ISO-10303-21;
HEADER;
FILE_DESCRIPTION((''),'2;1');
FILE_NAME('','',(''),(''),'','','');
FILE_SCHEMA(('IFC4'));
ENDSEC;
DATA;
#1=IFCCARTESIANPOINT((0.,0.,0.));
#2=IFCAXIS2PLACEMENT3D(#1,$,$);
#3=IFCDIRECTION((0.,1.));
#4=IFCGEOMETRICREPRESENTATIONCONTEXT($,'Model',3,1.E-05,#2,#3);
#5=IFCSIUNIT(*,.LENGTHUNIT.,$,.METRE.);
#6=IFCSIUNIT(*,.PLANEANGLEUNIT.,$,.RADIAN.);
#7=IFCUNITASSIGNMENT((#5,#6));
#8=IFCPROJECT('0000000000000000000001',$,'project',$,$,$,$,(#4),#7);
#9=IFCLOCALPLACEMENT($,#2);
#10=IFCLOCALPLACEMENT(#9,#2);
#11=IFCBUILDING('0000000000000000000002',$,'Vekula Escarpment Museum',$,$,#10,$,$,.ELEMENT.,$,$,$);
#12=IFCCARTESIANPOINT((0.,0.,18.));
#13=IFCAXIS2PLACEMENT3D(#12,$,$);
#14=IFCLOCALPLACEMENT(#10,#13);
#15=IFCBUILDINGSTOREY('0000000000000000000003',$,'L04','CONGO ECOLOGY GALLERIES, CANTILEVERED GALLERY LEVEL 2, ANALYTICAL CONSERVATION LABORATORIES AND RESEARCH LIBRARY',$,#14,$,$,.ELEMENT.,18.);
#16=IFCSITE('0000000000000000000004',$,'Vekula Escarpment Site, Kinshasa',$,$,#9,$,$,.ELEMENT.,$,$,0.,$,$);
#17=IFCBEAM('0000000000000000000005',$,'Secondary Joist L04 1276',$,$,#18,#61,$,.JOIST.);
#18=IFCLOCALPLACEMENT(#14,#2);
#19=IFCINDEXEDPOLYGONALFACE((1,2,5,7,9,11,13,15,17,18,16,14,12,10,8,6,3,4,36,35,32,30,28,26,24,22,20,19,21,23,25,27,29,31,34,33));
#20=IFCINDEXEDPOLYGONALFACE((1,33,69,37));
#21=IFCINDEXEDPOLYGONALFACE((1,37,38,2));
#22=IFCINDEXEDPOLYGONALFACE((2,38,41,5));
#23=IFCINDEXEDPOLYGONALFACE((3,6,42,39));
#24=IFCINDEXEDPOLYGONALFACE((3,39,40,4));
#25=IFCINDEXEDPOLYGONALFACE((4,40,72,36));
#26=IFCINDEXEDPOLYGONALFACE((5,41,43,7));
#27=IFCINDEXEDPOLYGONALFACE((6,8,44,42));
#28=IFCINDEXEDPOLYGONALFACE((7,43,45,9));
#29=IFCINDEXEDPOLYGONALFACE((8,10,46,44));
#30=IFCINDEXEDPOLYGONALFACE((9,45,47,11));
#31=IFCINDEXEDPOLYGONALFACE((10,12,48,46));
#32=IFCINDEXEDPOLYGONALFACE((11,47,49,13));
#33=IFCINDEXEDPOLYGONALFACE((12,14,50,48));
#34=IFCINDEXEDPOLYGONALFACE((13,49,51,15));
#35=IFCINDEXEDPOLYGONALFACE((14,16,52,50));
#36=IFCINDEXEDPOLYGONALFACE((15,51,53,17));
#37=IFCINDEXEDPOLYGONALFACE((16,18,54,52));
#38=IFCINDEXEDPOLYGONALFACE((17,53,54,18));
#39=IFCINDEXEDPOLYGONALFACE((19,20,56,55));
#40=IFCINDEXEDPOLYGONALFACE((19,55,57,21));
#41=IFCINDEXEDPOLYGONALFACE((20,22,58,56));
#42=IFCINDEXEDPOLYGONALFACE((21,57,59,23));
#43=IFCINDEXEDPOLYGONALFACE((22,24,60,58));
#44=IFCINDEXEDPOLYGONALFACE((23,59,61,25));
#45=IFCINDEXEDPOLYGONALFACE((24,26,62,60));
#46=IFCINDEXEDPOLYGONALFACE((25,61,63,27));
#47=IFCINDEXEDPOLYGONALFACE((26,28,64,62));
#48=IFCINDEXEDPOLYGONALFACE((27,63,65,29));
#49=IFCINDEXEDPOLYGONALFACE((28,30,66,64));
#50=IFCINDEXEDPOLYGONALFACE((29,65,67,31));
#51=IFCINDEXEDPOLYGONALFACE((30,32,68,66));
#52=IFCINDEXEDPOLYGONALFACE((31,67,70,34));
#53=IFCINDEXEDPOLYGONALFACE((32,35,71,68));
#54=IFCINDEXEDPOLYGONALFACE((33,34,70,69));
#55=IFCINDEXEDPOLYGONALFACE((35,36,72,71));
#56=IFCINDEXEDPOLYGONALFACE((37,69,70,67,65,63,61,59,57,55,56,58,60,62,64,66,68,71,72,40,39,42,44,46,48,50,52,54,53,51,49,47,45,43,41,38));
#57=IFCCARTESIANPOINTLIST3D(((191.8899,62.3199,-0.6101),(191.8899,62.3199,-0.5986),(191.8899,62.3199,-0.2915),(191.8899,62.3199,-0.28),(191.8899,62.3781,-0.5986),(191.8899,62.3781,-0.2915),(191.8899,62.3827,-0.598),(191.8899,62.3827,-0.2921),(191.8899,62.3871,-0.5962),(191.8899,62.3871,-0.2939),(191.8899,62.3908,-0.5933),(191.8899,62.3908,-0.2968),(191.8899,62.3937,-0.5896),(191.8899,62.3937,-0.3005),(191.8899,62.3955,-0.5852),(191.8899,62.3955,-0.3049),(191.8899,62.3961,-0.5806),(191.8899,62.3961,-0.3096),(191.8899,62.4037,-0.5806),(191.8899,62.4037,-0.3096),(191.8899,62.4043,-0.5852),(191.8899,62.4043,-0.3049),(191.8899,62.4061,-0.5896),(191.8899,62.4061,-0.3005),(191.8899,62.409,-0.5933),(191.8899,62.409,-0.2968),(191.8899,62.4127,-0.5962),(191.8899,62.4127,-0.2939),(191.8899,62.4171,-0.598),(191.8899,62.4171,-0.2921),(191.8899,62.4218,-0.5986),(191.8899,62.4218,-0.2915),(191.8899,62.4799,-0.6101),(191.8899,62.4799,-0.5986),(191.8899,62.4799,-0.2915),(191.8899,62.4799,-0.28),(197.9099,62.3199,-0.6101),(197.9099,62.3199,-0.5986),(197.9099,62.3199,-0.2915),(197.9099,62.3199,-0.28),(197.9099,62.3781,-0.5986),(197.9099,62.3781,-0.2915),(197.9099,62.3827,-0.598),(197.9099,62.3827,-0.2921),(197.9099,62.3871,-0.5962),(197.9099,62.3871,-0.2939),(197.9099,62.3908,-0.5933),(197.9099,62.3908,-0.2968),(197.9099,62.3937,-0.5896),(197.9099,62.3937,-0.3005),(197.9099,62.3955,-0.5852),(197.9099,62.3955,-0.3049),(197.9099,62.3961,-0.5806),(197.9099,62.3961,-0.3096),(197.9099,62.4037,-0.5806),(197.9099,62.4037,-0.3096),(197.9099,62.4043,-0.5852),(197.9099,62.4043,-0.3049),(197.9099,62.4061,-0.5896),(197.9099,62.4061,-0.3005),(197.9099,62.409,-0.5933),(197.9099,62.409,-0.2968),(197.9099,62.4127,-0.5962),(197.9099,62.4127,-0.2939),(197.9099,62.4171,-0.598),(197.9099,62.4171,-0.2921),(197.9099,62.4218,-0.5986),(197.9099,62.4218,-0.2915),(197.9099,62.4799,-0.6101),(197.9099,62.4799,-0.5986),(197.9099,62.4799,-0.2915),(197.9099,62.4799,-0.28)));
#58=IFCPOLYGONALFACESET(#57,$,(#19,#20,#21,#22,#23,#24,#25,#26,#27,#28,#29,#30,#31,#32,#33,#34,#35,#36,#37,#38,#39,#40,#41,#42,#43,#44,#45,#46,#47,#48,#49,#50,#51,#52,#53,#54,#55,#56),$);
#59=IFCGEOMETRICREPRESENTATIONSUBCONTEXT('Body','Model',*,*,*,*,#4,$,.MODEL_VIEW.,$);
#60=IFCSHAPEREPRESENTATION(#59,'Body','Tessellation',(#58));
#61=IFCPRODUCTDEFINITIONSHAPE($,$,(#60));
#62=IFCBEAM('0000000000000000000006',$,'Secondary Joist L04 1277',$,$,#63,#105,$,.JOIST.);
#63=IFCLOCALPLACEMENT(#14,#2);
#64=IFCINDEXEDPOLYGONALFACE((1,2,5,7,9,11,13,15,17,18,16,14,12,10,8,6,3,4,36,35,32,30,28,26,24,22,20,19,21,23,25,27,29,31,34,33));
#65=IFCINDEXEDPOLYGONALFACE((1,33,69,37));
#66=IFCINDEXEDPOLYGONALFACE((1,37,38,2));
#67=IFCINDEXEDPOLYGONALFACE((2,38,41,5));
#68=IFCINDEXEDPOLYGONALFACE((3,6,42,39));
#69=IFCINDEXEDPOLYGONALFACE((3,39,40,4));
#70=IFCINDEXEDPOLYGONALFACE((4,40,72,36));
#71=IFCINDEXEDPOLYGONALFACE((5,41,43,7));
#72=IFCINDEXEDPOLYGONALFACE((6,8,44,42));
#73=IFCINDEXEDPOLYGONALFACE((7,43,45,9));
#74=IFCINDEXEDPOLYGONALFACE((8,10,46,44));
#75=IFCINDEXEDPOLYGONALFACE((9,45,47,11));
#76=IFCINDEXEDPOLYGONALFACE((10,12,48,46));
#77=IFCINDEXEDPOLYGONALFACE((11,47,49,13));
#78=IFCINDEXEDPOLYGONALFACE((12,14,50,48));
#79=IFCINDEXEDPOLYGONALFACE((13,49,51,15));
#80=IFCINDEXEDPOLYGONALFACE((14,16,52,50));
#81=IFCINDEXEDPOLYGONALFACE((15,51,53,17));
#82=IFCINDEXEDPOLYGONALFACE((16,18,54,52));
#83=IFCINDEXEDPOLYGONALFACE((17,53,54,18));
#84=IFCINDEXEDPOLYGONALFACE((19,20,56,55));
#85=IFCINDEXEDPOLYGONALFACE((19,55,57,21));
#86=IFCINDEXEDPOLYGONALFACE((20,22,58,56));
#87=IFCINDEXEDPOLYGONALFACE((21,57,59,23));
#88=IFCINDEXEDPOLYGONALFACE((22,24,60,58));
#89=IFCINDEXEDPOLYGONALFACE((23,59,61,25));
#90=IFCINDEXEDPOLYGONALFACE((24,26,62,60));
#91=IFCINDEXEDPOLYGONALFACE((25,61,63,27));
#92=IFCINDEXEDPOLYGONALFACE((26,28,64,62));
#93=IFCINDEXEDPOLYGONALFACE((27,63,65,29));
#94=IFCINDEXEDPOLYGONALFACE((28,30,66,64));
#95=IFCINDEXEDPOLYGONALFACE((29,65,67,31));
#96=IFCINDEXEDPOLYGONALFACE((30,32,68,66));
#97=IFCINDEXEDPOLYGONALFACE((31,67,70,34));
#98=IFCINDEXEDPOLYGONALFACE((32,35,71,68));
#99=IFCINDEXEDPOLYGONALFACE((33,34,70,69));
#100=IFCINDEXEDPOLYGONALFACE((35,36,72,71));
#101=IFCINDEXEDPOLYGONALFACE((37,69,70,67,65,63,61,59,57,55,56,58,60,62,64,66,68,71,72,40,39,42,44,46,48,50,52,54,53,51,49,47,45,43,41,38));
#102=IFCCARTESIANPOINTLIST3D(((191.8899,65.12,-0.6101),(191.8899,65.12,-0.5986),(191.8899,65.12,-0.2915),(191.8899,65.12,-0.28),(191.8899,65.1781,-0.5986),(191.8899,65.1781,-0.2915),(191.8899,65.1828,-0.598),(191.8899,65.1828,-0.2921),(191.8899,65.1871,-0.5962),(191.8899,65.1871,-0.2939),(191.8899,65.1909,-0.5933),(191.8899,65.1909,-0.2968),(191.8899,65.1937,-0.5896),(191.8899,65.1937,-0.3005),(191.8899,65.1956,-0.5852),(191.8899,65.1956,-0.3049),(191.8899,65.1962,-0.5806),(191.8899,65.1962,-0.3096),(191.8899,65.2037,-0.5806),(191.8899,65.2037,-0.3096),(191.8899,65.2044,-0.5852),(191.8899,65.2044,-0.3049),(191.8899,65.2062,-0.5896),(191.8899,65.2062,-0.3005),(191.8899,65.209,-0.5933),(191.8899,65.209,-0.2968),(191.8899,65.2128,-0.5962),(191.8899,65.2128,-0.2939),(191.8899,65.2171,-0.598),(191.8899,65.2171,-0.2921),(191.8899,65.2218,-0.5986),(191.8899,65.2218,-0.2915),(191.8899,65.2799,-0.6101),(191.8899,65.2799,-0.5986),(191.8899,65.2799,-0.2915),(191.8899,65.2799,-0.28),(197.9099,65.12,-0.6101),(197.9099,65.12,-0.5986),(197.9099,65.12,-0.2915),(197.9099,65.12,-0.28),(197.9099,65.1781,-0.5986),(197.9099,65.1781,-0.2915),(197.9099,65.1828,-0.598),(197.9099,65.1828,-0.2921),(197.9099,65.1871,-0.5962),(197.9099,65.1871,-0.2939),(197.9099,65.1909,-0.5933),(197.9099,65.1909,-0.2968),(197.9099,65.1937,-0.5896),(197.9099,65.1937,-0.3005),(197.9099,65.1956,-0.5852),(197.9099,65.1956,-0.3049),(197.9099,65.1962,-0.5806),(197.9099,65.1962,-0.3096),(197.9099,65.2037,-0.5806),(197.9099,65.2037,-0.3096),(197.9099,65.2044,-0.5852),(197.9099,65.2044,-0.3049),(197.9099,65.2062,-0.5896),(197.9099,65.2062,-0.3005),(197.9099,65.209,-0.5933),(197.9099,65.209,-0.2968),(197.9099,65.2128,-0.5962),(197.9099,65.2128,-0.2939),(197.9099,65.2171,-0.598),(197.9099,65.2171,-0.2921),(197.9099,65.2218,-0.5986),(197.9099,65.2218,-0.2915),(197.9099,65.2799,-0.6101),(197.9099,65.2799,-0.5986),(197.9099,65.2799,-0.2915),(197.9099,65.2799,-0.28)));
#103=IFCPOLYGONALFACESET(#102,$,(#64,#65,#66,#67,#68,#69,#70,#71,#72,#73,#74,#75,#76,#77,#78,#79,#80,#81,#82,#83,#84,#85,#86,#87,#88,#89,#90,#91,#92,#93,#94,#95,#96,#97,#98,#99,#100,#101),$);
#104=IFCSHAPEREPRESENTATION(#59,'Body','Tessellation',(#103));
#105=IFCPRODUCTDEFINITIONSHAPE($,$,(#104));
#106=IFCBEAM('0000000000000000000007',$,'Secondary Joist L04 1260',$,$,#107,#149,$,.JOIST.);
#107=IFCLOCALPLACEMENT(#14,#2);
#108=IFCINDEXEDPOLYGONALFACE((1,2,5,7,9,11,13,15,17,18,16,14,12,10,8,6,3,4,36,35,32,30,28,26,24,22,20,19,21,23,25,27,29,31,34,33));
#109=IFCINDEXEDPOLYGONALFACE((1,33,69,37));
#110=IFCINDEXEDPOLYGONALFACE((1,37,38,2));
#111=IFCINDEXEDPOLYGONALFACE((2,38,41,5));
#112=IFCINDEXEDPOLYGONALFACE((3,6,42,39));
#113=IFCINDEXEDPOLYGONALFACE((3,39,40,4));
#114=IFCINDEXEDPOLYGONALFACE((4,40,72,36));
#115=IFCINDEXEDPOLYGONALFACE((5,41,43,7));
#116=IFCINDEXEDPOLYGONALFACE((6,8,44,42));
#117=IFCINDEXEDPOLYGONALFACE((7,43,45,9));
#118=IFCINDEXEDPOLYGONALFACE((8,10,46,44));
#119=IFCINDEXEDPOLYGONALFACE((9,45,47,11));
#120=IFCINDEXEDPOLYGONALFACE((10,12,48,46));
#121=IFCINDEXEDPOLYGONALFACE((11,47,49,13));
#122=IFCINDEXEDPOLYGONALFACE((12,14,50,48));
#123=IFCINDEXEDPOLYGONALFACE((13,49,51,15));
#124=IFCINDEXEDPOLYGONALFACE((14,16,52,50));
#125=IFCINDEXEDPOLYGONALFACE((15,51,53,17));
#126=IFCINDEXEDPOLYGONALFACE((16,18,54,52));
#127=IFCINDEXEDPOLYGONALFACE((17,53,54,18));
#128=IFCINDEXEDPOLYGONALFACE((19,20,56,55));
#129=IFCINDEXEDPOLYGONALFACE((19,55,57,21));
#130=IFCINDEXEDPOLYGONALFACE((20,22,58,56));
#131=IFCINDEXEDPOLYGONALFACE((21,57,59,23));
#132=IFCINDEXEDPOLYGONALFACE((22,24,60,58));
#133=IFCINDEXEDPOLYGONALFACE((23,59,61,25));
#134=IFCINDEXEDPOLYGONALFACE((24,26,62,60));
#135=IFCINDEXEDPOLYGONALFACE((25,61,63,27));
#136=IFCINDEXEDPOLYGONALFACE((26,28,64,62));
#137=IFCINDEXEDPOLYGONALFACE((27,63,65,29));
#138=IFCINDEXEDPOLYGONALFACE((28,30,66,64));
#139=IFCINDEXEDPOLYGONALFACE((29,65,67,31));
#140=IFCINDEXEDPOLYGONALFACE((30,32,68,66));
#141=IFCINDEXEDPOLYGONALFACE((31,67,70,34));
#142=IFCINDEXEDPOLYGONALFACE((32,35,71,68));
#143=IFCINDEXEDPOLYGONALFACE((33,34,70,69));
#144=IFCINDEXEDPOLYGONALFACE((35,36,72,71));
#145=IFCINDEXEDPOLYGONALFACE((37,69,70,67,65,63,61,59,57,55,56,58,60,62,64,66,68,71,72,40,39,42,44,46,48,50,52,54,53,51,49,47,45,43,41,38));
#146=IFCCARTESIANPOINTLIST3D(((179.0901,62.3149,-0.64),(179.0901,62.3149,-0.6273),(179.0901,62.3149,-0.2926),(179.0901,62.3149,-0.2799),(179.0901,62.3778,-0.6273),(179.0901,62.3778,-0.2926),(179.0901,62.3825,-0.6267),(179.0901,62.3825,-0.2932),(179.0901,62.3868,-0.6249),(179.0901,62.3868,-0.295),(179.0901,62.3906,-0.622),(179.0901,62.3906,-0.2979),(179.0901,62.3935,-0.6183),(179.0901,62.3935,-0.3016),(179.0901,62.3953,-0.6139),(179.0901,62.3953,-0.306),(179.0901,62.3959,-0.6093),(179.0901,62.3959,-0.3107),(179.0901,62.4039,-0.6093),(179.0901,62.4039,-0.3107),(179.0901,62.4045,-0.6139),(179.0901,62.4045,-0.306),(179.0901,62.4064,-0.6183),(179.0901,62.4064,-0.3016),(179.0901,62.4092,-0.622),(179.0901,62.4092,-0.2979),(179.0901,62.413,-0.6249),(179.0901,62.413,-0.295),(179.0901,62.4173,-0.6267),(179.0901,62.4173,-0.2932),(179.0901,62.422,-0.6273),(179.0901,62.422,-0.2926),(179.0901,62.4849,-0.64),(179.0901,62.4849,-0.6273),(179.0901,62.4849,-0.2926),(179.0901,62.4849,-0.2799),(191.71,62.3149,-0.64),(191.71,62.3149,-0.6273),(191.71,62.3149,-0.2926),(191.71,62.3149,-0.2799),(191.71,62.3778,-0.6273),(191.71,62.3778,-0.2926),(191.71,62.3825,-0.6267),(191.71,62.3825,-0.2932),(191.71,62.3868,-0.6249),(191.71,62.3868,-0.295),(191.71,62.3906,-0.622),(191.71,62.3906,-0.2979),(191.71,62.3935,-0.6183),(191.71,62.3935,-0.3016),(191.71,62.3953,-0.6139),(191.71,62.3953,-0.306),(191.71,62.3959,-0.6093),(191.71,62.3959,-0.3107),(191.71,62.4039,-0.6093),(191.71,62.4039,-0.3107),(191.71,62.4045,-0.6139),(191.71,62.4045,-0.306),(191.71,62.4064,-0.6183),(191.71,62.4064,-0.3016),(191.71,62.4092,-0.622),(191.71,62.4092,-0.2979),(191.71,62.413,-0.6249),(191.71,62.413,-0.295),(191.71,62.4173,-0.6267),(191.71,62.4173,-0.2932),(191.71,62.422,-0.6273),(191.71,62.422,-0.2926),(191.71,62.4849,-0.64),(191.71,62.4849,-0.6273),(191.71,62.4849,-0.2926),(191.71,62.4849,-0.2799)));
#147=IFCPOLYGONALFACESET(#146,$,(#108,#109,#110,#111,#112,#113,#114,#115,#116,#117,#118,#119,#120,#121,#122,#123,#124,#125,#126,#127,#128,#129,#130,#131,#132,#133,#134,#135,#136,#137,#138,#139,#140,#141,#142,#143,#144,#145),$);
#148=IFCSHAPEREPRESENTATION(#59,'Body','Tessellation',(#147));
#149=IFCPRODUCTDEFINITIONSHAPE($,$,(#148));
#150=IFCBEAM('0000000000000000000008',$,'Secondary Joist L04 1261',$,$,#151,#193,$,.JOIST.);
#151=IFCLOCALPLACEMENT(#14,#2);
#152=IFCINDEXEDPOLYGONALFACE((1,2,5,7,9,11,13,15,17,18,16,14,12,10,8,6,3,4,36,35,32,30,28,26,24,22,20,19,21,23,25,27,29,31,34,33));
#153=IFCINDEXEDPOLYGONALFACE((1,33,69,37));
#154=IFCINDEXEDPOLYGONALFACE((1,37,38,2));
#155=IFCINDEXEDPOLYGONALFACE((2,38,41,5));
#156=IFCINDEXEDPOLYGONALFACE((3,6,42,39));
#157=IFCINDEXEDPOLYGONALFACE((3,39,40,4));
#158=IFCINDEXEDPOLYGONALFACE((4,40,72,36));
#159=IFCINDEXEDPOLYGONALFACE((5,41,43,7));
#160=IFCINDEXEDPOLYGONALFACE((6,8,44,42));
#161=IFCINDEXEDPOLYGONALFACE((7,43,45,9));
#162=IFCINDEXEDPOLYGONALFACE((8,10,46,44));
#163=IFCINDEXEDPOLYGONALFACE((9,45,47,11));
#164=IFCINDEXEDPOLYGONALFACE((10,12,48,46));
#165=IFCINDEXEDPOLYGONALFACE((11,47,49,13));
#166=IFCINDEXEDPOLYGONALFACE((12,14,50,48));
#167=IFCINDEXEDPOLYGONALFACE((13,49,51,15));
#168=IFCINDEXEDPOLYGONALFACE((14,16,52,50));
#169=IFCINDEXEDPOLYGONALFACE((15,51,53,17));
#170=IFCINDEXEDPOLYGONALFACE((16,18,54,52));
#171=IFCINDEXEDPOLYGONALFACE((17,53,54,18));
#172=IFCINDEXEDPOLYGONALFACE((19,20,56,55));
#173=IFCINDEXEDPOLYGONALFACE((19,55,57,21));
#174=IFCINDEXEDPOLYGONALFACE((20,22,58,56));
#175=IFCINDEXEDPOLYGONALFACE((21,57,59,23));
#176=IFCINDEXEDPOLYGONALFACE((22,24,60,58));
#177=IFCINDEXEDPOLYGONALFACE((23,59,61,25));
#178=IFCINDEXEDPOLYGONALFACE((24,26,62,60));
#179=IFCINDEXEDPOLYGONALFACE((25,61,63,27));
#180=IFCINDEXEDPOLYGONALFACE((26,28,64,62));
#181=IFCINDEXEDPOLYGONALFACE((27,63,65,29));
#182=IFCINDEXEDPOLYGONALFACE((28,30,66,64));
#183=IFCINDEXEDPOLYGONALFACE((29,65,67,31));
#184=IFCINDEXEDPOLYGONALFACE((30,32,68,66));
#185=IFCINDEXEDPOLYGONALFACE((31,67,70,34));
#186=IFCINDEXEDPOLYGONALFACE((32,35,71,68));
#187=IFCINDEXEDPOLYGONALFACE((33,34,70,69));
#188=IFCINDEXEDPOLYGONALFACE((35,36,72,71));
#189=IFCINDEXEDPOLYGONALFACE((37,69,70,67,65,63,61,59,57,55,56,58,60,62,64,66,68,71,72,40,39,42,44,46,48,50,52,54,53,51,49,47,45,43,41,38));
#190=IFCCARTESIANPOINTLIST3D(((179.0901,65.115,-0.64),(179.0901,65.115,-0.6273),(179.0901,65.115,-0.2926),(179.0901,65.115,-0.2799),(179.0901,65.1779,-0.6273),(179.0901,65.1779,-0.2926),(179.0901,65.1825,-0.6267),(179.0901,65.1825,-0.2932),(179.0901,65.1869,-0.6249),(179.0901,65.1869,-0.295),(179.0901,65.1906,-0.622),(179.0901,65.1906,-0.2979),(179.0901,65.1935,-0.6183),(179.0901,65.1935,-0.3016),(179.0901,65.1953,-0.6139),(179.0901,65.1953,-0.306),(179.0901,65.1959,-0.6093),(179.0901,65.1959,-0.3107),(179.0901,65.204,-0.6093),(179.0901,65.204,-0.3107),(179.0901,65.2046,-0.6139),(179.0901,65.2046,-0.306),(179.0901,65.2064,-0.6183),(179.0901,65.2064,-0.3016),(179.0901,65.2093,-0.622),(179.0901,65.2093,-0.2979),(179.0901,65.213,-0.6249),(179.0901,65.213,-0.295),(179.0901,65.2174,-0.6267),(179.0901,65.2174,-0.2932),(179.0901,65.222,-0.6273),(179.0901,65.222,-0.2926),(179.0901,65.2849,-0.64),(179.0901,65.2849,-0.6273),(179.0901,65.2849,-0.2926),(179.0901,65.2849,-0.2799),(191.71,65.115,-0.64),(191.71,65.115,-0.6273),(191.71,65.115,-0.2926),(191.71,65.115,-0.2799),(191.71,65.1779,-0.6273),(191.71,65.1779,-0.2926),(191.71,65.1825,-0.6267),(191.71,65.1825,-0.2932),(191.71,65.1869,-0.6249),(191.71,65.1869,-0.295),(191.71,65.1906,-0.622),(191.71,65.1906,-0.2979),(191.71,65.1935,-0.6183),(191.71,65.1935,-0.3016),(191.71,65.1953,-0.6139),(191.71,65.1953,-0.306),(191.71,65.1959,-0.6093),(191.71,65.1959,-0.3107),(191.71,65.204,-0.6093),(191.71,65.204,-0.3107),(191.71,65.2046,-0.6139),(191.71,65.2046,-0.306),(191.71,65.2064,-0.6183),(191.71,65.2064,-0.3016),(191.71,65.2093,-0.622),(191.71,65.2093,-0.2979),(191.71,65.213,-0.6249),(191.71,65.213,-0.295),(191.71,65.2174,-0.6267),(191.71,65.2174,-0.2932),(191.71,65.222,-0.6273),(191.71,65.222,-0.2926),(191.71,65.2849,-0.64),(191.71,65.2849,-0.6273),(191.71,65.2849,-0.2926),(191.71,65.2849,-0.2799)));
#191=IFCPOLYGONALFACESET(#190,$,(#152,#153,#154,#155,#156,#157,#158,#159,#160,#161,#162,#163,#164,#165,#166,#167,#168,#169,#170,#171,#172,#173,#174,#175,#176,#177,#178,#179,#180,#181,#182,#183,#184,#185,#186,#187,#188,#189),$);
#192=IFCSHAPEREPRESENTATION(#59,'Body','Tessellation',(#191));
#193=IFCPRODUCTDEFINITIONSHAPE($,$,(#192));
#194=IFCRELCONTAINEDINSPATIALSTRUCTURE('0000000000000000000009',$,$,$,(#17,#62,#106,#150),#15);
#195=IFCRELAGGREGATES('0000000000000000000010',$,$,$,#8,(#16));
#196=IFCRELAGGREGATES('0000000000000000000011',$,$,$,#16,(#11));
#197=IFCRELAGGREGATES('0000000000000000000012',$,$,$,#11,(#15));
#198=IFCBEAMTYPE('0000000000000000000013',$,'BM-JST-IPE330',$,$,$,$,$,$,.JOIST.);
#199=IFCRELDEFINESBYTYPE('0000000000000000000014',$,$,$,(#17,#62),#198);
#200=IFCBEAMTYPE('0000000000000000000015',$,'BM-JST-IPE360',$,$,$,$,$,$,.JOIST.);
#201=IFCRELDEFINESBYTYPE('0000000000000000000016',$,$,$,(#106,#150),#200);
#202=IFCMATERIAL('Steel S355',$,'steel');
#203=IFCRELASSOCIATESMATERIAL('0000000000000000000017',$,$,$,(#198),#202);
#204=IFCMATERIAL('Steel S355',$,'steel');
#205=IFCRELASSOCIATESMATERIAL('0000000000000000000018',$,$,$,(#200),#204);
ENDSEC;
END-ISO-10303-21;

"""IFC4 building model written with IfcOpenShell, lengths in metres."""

from ifc_helpers import new_model, si_unit, direction, frame, origin, origin_2d, place, context, subcontext, project, spatial, i_section, extrude, material, material_profile, profile_set, type_object, element, save


model = new_model("IFC4")

# Units and contexts
model_context = context("Model", 3, precision=1e-05, world=origin(), true_north=direction((0.0, 1.0)))
body_context = subcontext(model_context, "Body", "Model", "MODEL_VIEW")
ifc_project = project(units=[si_unit("LENGTHUNIT", "METRE"), si_unit("PLANEANGLEUNIT", "RADIAN")], contexts=[model_context])

# Site, building, storey
site_placement = place(None, origin())
site = spatial("IfcSite", under=ifc_project, at=site_placement, Name="Vekula Escarpment Site, Kinshasa", CompositionType="ELEMENT", RefElevation=0.0)
building_placement = place(site_placement, origin())
building = spatial("IfcBuilding", under=site, at=building_placement, Name="Vekula Escarpment Museum", CompositionType="ELEMENT")
storey_placement = place(building_placement, frame((0.0, 0.0, 18.0)))
storey = spatial("IfcBuildingStorey", under=building, at=storey_placement, Name="L04", Description="CONGO ECOLOGY GALLERIES, CANTILEVERED GALLERY LEVEL 2, ANALYTICAL CONSERVATION LABORATORIES AND RESEARCH LIBRARY", CompositionType="ELEMENT", Elevation=18.0)

# Beams
ifc_material_1 = material(Name="Steel S355", Category="steel")
ifc_material_profile_1 = material_profile(ifc_material_1, i_section(OverallWidth=0.1599, OverallDepth=0.3301, WebThickness=0.0076, FlangeThickness=0.0115, FilletRadius=0.0181, at=origin_2d()), Name="IPE 330")
ifc_profile_set_1 = profile_set([ifc_material_profile_1], Name="Steel S355")
beam_type_1 = type_object("IfcBeamType", Name="BM-JST-IPE330", PredefinedType="JOIST", material=ifc_profile_set_1)
for number, where, z_axis, x_axis, name in (
    (1, (191.8899, 62.3999, -0.4451), (1.0, 0.0, 0.0), (0.0, 1.0, 0.0), "Secondary Joist L04 1276"),
    (2, (191.8899, 65.2, -0.4451), (1.0, 0.0, 0.0), (0.0, 1.0, 0.0), "Secondary Joist L04 1277"),
):
    element("IfcBeam", number, at=place(storey_placement, frame(where, z_axis=z_axis, x_axis=x_axis)), inside=storey, type_object=beam_type_1, Name=name, PredefinedType="JOIST", context=body_context, shape_type="SweptSolid", body=[
        extrude(i_section(OverallWidth=0.1599, OverallDepth=0.3301, WebThickness=0.0076, FlangeThickness=0.0115, FilletRadius=0.0181, at=origin_2d()), origin(), (0.0, 0.0, 1.0), 6.02),
    ])
ifc_material_2 = material(Name="Steel S355", Category="steel")
ifc_material_profile_2 = material_profile(ifc_material_2, i_section(OverallWidth=0.1699, OverallDepth=0.3601, WebThickness=0.0081, FlangeThickness=0.0127, FilletRadius=0.0181, at=origin_2d()), Name="IPE 360")
ifc_profile_set_2 = profile_set([ifc_material_profile_2], Name="Steel S355")
beam_type_2 = type_object("IfcBeamType", Name="BM-JST-IPE360", PredefinedType="JOIST", material=ifc_profile_set_2)
for number, where, z_axis, x_axis, name in (
    (3, (179.0901, 62.3999, -0.46), (1.0, 0.0, 0.0), (0.0, 1.0, 0.0), "Secondary Joist L04 1260"),
    (4, (179.0901, 65.2, -0.46), (1.0, 0.0, 0.0), (0.0, 1.0, 0.0), "Secondary Joist L04 1261"),
):
    element("IfcBeam", number, at=place(storey_placement, frame(where, z_axis=z_axis, x_axis=x_axis)), inside=storey, type_object=beam_type_2, Name=name, PredefinedType="JOIST", context=body_context, shape_type="SweptSolid", body=[
        extrude(i_section(OverallWidth=0.1699, OverallDepth=0.3601, WebThickness=0.0081, FlangeThickness=0.0127, FilletRadius=0.0181, at=origin_2d()), origin(), (0.0, 0.0, 1.0), 12.6199),
    ])

save(model, "model.ifc")
